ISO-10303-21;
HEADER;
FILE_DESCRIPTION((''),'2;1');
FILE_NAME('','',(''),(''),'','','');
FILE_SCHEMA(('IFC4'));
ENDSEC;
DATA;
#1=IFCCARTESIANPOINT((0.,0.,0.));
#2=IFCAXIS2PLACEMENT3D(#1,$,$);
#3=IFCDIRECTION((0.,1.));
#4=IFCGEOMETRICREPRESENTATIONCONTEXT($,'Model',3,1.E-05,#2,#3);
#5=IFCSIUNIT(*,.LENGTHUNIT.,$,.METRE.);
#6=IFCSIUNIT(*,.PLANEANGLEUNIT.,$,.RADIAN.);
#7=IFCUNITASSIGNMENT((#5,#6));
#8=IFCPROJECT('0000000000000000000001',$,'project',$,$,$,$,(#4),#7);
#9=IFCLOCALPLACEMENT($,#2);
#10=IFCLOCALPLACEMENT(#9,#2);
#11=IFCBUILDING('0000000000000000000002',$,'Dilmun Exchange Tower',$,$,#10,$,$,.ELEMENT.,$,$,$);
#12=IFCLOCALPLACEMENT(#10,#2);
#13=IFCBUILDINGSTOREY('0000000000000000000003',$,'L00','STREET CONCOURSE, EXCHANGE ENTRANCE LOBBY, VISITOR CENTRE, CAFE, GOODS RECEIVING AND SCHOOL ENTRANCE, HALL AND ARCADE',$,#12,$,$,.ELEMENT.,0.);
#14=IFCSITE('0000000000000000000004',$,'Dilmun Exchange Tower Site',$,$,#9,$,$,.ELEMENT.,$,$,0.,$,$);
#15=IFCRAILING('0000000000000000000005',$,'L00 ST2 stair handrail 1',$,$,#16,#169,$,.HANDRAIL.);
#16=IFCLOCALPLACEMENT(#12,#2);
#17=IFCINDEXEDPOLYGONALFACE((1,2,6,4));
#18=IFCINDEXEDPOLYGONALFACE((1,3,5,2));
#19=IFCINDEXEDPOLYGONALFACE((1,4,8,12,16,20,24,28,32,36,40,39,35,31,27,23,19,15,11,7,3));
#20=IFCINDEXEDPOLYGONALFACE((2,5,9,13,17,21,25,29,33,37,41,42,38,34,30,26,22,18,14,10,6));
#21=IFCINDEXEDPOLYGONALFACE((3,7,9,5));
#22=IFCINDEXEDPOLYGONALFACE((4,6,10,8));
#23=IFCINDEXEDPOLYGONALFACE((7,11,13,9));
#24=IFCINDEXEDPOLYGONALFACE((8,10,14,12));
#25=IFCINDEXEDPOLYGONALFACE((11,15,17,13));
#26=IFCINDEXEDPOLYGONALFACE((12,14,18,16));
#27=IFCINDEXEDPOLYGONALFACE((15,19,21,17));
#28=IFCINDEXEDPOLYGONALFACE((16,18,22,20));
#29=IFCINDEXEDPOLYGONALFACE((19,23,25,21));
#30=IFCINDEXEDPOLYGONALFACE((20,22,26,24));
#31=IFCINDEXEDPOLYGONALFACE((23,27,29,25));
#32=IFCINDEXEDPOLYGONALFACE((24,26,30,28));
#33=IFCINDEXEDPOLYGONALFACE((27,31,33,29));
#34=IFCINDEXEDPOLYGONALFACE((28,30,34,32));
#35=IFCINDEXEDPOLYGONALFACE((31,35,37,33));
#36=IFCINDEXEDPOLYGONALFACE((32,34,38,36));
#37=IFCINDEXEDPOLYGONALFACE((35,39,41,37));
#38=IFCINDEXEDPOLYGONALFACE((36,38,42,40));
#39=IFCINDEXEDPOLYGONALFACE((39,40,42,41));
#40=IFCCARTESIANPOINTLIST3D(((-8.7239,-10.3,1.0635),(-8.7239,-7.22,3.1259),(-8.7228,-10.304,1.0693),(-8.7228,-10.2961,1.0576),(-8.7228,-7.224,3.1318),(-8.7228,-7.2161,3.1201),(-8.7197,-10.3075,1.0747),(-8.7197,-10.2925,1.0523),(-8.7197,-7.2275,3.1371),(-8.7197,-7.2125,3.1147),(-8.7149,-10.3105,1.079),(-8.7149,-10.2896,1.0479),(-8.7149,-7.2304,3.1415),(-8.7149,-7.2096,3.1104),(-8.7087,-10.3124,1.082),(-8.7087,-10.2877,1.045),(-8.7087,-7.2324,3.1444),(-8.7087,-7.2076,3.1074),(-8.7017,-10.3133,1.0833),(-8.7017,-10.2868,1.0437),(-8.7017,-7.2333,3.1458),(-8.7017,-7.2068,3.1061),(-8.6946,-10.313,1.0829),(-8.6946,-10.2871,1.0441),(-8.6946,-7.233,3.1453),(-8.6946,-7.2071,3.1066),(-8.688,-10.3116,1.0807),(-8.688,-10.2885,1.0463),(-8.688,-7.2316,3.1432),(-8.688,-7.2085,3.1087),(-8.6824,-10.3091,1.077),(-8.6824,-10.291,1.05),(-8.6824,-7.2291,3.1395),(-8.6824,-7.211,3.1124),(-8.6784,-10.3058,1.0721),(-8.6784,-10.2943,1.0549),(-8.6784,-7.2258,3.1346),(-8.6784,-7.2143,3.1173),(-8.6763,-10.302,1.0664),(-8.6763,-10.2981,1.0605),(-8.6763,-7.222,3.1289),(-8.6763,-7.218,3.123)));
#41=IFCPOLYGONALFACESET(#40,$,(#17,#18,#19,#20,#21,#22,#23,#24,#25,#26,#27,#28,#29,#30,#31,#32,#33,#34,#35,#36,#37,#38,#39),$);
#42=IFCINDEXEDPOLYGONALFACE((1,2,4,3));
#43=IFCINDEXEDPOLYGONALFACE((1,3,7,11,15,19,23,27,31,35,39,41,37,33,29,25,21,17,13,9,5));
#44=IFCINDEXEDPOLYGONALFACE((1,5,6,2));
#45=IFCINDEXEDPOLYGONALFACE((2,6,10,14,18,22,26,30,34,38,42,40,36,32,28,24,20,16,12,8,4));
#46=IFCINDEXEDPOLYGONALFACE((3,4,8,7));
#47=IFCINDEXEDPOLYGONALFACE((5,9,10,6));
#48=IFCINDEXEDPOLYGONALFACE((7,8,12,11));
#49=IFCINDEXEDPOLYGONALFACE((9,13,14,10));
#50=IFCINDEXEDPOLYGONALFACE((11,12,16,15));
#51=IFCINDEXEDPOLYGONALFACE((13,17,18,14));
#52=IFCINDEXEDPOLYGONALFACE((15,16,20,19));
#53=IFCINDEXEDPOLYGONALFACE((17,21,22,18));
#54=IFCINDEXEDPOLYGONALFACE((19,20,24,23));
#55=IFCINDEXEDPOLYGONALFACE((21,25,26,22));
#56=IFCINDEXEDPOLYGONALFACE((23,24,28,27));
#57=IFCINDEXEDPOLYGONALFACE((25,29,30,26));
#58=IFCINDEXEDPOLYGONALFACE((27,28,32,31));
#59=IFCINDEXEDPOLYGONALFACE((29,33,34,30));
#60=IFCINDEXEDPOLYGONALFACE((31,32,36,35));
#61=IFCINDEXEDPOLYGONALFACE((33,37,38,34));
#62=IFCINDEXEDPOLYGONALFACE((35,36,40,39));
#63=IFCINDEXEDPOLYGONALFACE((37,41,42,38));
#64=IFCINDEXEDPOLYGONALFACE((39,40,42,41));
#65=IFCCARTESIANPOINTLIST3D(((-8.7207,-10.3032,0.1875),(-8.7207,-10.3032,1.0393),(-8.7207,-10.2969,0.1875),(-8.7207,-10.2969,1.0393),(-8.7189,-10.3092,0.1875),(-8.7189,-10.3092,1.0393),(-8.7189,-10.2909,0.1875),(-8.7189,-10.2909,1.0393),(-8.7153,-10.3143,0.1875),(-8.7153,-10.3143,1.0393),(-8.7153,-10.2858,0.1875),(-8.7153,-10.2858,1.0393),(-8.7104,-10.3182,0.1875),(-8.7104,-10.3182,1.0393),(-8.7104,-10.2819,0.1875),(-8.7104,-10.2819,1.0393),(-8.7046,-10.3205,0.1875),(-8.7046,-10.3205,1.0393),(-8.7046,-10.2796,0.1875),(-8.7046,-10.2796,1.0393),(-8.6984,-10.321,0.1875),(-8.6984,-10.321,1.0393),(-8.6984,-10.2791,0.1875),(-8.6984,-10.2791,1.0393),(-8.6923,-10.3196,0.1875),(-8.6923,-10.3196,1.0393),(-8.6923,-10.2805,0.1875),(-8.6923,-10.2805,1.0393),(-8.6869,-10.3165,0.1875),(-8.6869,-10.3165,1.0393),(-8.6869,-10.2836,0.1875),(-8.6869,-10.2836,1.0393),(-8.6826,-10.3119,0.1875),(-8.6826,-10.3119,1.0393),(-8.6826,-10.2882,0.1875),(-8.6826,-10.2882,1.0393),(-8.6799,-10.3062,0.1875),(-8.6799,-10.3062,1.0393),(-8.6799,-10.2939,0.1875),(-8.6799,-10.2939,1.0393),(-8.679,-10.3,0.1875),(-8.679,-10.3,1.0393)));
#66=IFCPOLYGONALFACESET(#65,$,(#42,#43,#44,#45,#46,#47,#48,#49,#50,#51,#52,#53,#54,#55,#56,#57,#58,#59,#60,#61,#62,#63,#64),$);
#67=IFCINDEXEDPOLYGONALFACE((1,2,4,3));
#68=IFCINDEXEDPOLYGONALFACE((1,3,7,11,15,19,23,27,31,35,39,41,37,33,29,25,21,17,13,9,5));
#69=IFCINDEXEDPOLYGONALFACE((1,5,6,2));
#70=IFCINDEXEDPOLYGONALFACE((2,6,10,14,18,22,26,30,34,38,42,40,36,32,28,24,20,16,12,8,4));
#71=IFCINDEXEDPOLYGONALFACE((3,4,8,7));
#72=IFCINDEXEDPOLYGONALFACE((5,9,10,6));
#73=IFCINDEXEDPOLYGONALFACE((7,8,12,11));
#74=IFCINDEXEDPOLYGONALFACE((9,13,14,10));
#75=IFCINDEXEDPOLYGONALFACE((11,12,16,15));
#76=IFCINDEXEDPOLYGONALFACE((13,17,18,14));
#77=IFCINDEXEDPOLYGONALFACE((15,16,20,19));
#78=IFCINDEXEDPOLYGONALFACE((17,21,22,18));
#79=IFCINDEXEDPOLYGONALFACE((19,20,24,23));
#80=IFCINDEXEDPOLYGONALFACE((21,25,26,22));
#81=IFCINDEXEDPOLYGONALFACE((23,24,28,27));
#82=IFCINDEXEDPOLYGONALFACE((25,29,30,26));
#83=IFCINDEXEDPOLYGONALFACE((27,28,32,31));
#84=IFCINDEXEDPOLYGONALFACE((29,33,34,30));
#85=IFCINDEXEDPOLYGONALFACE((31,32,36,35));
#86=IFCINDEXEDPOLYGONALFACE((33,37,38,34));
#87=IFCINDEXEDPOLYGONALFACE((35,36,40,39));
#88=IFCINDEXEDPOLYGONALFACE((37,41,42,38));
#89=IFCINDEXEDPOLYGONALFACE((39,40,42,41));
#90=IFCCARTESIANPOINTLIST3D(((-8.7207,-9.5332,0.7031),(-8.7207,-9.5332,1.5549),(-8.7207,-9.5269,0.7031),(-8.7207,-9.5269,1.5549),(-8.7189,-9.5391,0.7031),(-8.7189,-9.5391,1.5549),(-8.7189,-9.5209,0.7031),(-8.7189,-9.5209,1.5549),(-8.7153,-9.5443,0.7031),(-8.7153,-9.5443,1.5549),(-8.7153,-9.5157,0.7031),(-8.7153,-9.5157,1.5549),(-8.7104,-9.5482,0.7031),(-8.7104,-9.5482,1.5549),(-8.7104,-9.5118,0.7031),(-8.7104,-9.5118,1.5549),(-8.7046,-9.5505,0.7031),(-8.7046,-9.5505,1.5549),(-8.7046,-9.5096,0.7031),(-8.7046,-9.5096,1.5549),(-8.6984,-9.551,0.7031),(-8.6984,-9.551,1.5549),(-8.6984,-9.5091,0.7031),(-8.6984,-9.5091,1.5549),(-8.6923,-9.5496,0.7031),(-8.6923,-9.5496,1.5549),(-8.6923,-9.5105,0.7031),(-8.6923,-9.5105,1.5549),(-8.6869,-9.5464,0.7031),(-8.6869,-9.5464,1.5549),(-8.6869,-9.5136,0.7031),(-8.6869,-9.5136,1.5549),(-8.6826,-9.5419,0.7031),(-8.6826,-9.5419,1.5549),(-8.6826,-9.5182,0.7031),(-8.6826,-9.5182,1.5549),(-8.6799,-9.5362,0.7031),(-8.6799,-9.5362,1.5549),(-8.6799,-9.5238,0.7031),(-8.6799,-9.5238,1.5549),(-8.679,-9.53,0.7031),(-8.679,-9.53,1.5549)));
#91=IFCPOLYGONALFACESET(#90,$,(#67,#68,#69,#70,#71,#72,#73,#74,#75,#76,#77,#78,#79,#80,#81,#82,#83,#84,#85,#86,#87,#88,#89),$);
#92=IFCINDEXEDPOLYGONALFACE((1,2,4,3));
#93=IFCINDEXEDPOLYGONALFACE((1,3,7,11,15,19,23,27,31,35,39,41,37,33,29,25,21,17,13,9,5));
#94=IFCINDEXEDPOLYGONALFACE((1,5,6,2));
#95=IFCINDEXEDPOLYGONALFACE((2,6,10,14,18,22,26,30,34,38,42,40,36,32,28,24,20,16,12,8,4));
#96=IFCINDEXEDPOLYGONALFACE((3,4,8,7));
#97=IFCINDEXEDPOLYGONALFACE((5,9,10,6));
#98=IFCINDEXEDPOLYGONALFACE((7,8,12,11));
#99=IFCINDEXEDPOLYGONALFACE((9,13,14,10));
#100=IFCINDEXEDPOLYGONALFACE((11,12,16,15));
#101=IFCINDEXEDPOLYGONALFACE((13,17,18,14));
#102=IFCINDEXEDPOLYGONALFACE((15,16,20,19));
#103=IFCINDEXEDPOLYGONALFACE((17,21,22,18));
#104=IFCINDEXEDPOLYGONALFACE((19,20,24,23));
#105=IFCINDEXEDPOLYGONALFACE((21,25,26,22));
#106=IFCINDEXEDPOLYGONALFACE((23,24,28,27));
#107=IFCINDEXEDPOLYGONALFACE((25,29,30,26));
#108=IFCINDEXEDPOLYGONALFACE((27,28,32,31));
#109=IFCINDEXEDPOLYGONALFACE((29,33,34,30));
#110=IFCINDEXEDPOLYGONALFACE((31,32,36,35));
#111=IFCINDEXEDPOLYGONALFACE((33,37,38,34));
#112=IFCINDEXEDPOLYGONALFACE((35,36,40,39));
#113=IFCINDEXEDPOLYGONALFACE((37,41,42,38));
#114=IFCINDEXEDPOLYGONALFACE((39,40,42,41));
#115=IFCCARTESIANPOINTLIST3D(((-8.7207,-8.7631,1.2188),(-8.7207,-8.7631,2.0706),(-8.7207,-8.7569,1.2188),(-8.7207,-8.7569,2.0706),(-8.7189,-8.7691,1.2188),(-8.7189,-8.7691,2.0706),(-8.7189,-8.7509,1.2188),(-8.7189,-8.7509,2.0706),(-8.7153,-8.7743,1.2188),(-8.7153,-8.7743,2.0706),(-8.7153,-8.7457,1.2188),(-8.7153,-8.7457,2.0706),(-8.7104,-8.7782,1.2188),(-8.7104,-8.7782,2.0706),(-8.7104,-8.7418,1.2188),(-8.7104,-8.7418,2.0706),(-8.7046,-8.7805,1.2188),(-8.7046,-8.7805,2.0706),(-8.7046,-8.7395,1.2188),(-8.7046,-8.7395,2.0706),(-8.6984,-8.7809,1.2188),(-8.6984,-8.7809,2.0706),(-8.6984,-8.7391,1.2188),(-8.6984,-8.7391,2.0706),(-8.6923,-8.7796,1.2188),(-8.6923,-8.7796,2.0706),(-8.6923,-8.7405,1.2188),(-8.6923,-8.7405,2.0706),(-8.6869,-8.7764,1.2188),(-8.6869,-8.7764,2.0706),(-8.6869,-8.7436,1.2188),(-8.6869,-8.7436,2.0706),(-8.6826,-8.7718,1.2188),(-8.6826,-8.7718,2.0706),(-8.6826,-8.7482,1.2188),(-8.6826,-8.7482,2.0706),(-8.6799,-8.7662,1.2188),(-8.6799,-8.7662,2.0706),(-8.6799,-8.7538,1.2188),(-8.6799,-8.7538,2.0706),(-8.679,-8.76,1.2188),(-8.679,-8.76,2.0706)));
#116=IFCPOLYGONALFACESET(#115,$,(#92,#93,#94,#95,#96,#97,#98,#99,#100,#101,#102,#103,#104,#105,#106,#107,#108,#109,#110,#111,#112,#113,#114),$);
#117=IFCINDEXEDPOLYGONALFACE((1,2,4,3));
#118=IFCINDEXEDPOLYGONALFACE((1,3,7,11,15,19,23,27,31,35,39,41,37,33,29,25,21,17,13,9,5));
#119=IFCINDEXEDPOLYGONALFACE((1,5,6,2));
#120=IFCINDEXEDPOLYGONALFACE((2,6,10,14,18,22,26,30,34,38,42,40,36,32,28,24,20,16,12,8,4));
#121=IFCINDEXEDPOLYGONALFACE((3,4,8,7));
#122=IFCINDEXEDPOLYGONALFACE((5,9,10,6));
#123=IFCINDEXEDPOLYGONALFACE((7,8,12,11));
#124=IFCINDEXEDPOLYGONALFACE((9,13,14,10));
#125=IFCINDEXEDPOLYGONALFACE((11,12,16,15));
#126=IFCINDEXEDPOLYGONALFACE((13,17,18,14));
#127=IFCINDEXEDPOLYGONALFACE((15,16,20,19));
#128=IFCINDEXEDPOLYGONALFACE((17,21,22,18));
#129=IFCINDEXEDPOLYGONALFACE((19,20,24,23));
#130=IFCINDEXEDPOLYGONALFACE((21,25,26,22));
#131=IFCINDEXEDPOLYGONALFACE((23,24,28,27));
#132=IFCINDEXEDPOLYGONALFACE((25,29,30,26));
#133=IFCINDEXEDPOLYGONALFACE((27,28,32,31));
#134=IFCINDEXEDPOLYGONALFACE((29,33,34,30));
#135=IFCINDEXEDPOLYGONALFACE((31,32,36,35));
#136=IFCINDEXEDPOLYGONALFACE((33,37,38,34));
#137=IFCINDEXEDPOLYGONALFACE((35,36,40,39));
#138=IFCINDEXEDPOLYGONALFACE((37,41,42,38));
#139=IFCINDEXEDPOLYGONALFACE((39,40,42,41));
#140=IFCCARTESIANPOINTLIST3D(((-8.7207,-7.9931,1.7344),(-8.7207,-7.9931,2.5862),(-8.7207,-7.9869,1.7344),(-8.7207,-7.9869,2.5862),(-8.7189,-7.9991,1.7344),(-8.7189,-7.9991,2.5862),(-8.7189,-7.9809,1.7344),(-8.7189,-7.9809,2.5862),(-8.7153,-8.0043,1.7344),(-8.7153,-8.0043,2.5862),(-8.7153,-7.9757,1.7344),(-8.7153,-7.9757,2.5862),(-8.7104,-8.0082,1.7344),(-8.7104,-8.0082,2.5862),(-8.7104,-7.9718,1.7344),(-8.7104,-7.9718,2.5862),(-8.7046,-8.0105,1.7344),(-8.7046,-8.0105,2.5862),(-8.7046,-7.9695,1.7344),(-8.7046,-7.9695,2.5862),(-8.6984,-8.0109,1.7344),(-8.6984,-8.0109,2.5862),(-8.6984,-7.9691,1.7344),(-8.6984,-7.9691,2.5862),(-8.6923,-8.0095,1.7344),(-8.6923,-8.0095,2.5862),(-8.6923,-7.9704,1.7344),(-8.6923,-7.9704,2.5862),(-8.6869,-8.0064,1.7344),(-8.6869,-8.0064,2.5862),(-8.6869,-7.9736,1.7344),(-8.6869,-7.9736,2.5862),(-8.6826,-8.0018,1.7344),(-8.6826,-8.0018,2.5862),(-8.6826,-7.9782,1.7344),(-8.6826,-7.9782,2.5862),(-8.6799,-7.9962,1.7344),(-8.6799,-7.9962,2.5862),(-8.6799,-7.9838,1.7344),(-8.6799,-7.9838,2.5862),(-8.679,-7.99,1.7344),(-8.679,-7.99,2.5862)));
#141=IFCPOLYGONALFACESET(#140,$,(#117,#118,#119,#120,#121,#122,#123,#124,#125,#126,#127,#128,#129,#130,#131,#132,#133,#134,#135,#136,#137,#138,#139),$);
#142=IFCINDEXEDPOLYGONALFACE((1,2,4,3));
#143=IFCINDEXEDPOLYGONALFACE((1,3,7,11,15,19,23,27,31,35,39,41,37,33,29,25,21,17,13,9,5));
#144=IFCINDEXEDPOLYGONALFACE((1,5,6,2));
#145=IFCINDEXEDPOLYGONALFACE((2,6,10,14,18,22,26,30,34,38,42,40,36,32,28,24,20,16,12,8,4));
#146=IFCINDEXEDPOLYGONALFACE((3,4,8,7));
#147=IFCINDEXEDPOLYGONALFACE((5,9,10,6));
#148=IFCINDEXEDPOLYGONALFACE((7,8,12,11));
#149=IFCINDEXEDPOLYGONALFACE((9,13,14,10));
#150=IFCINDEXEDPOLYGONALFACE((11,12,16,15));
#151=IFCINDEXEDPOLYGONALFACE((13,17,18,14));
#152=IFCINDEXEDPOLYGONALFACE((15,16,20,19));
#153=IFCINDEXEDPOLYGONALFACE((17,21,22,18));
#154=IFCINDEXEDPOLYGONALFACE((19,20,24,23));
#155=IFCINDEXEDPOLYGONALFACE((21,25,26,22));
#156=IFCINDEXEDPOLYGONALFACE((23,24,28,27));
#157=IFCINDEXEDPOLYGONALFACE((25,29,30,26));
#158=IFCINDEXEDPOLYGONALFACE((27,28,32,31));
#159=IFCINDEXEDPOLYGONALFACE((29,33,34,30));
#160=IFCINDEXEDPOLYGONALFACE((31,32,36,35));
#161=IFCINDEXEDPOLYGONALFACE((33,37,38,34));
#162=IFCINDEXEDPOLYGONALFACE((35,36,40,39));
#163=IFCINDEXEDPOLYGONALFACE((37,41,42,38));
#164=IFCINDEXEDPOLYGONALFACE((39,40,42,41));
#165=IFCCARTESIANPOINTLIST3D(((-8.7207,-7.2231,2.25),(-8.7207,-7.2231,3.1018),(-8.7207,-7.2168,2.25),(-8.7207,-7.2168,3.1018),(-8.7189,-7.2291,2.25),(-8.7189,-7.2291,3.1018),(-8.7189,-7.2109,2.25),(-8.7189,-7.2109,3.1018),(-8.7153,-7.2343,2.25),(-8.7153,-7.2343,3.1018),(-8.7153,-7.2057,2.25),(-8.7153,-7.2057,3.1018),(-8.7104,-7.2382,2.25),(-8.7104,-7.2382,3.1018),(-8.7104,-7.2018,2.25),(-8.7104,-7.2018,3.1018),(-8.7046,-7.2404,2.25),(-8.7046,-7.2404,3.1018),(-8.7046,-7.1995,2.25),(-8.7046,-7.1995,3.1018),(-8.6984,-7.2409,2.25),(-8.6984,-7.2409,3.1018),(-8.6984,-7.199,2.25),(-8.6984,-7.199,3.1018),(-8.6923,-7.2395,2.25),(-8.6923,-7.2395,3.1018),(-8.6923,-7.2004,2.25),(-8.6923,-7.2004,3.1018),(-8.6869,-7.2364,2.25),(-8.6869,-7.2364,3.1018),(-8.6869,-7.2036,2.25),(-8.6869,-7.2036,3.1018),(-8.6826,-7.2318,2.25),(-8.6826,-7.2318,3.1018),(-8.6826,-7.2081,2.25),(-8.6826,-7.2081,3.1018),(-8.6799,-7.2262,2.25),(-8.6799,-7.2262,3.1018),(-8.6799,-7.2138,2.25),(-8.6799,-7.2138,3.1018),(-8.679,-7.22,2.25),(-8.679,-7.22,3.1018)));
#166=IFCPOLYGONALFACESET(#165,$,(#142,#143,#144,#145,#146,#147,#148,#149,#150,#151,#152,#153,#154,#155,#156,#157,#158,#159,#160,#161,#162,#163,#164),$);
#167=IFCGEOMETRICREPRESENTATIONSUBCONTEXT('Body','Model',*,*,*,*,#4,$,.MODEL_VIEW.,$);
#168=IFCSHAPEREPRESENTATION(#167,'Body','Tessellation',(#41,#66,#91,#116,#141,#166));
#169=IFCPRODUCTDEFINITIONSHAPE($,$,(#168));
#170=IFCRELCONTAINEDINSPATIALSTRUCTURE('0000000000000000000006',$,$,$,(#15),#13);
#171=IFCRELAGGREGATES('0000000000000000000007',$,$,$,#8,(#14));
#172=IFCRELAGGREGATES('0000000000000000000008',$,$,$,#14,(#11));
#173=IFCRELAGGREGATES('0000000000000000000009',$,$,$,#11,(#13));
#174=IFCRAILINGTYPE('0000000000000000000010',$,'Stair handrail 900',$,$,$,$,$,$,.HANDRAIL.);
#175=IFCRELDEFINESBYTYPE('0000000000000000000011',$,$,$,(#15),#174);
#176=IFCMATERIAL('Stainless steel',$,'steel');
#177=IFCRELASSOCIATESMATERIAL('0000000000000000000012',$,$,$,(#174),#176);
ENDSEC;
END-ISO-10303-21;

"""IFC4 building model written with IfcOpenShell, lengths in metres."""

from ifc_helpers import new_model, si_unit, direction, frame, origin, origin_2d, place, context, subcontext, project, spatial, circle, extrude, material, type_object, element, save


model = new_model("IFC4")

# Units and contexts
model_context = context("Model", 3, precision=1e-05, world=origin(), true_north=direction((0.0, 1.0)))
body_context = subcontext(model_context, "Body", "Model", "MODEL_VIEW")
ifc_project = project(units=[si_unit("LENGTHUNIT", "METRE"), si_unit("PLANEANGLEUNIT", "RADIAN")], contexts=[model_context])

# Site, building, storey
site_placement = place(None, origin())
site = spatial("IfcSite", under=ifc_project, at=site_placement, Name="Dilmun Exchange Tower Site", CompositionType="ELEMENT", RefElevation=0.0)
building_placement = place(site_placement, origin())
building = spatial("IfcBuilding", under=site, at=building_placement, Name="Dilmun Exchange Tower", CompositionType="ELEMENT")
storey_placement = place(building_placement, origin())
storey = spatial("IfcBuildingStorey", under=building, at=storey_placement, Name="L00", Description="STREET CONCOURSE, EXCHANGE ENTRANCE LOBBY, VISITOR CENTRE, CAFE, GOODS RECEIVING AND SCHOOL ENTRANCE, HALL AND ARCADE", CompositionType="ELEMENT", Elevation=0.0)

# Railing
ifc_material_1 = material(Name="Stainless steel", Category="steel")
railing_type = type_object("IfcRailingType", Name="Stair handrail 900", PredefinedType="HANDRAIL", material=ifc_material_1)
railing_1_placement = place(storey_placement, frame((-8.7, -10.3, 0.1875)))
element("IfcRailing", 1, at=railing_1_placement, inside=storey, type_object=railing_type, Name="L00 ST2 stair handrail 1", PredefinedType="HANDRAIL", context=body_context, shape_type="SweptSolid", body=[
    extrude(circle(Radius=0.0239, at=origin_2d()), frame((0.0, 0.0, 0.876), z_axis=(0.0, 0.830914, 0.556401), x_axis=(-1.0, 0.0, 0.0)), (0.0, 0.0, 1.0), 3.7068),
    extrude(circle(Radius=0.021, at=origin_2d()), origin(), (0.0, 0.0, 1.0), 0.8518),
    extrude(circle(Radius=0.021, at=origin_2d()), frame((0.0, 0.77, 0.5156)), (0.0, 0.0, 1.0), 0.8518),
    extrude(circle(Radius=0.021, at=origin_2d()), frame((0.0, 1.54, 1.0312)), (0.0, 0.0, 1.0), 0.8518),
    extrude(circle(Radius=0.021, at=origin_2d()), frame((0.0, 2.3101, 1.5469)), (0.0, 0.0, 1.0), 0.8518),
    extrude(circle(Radius=0.021, at=origin_2d()), frame((0.0, 3.0801, 2.0625)), (0.0, 0.0, 1.0), 0.8518),
])

save(model, "model.ifc")
